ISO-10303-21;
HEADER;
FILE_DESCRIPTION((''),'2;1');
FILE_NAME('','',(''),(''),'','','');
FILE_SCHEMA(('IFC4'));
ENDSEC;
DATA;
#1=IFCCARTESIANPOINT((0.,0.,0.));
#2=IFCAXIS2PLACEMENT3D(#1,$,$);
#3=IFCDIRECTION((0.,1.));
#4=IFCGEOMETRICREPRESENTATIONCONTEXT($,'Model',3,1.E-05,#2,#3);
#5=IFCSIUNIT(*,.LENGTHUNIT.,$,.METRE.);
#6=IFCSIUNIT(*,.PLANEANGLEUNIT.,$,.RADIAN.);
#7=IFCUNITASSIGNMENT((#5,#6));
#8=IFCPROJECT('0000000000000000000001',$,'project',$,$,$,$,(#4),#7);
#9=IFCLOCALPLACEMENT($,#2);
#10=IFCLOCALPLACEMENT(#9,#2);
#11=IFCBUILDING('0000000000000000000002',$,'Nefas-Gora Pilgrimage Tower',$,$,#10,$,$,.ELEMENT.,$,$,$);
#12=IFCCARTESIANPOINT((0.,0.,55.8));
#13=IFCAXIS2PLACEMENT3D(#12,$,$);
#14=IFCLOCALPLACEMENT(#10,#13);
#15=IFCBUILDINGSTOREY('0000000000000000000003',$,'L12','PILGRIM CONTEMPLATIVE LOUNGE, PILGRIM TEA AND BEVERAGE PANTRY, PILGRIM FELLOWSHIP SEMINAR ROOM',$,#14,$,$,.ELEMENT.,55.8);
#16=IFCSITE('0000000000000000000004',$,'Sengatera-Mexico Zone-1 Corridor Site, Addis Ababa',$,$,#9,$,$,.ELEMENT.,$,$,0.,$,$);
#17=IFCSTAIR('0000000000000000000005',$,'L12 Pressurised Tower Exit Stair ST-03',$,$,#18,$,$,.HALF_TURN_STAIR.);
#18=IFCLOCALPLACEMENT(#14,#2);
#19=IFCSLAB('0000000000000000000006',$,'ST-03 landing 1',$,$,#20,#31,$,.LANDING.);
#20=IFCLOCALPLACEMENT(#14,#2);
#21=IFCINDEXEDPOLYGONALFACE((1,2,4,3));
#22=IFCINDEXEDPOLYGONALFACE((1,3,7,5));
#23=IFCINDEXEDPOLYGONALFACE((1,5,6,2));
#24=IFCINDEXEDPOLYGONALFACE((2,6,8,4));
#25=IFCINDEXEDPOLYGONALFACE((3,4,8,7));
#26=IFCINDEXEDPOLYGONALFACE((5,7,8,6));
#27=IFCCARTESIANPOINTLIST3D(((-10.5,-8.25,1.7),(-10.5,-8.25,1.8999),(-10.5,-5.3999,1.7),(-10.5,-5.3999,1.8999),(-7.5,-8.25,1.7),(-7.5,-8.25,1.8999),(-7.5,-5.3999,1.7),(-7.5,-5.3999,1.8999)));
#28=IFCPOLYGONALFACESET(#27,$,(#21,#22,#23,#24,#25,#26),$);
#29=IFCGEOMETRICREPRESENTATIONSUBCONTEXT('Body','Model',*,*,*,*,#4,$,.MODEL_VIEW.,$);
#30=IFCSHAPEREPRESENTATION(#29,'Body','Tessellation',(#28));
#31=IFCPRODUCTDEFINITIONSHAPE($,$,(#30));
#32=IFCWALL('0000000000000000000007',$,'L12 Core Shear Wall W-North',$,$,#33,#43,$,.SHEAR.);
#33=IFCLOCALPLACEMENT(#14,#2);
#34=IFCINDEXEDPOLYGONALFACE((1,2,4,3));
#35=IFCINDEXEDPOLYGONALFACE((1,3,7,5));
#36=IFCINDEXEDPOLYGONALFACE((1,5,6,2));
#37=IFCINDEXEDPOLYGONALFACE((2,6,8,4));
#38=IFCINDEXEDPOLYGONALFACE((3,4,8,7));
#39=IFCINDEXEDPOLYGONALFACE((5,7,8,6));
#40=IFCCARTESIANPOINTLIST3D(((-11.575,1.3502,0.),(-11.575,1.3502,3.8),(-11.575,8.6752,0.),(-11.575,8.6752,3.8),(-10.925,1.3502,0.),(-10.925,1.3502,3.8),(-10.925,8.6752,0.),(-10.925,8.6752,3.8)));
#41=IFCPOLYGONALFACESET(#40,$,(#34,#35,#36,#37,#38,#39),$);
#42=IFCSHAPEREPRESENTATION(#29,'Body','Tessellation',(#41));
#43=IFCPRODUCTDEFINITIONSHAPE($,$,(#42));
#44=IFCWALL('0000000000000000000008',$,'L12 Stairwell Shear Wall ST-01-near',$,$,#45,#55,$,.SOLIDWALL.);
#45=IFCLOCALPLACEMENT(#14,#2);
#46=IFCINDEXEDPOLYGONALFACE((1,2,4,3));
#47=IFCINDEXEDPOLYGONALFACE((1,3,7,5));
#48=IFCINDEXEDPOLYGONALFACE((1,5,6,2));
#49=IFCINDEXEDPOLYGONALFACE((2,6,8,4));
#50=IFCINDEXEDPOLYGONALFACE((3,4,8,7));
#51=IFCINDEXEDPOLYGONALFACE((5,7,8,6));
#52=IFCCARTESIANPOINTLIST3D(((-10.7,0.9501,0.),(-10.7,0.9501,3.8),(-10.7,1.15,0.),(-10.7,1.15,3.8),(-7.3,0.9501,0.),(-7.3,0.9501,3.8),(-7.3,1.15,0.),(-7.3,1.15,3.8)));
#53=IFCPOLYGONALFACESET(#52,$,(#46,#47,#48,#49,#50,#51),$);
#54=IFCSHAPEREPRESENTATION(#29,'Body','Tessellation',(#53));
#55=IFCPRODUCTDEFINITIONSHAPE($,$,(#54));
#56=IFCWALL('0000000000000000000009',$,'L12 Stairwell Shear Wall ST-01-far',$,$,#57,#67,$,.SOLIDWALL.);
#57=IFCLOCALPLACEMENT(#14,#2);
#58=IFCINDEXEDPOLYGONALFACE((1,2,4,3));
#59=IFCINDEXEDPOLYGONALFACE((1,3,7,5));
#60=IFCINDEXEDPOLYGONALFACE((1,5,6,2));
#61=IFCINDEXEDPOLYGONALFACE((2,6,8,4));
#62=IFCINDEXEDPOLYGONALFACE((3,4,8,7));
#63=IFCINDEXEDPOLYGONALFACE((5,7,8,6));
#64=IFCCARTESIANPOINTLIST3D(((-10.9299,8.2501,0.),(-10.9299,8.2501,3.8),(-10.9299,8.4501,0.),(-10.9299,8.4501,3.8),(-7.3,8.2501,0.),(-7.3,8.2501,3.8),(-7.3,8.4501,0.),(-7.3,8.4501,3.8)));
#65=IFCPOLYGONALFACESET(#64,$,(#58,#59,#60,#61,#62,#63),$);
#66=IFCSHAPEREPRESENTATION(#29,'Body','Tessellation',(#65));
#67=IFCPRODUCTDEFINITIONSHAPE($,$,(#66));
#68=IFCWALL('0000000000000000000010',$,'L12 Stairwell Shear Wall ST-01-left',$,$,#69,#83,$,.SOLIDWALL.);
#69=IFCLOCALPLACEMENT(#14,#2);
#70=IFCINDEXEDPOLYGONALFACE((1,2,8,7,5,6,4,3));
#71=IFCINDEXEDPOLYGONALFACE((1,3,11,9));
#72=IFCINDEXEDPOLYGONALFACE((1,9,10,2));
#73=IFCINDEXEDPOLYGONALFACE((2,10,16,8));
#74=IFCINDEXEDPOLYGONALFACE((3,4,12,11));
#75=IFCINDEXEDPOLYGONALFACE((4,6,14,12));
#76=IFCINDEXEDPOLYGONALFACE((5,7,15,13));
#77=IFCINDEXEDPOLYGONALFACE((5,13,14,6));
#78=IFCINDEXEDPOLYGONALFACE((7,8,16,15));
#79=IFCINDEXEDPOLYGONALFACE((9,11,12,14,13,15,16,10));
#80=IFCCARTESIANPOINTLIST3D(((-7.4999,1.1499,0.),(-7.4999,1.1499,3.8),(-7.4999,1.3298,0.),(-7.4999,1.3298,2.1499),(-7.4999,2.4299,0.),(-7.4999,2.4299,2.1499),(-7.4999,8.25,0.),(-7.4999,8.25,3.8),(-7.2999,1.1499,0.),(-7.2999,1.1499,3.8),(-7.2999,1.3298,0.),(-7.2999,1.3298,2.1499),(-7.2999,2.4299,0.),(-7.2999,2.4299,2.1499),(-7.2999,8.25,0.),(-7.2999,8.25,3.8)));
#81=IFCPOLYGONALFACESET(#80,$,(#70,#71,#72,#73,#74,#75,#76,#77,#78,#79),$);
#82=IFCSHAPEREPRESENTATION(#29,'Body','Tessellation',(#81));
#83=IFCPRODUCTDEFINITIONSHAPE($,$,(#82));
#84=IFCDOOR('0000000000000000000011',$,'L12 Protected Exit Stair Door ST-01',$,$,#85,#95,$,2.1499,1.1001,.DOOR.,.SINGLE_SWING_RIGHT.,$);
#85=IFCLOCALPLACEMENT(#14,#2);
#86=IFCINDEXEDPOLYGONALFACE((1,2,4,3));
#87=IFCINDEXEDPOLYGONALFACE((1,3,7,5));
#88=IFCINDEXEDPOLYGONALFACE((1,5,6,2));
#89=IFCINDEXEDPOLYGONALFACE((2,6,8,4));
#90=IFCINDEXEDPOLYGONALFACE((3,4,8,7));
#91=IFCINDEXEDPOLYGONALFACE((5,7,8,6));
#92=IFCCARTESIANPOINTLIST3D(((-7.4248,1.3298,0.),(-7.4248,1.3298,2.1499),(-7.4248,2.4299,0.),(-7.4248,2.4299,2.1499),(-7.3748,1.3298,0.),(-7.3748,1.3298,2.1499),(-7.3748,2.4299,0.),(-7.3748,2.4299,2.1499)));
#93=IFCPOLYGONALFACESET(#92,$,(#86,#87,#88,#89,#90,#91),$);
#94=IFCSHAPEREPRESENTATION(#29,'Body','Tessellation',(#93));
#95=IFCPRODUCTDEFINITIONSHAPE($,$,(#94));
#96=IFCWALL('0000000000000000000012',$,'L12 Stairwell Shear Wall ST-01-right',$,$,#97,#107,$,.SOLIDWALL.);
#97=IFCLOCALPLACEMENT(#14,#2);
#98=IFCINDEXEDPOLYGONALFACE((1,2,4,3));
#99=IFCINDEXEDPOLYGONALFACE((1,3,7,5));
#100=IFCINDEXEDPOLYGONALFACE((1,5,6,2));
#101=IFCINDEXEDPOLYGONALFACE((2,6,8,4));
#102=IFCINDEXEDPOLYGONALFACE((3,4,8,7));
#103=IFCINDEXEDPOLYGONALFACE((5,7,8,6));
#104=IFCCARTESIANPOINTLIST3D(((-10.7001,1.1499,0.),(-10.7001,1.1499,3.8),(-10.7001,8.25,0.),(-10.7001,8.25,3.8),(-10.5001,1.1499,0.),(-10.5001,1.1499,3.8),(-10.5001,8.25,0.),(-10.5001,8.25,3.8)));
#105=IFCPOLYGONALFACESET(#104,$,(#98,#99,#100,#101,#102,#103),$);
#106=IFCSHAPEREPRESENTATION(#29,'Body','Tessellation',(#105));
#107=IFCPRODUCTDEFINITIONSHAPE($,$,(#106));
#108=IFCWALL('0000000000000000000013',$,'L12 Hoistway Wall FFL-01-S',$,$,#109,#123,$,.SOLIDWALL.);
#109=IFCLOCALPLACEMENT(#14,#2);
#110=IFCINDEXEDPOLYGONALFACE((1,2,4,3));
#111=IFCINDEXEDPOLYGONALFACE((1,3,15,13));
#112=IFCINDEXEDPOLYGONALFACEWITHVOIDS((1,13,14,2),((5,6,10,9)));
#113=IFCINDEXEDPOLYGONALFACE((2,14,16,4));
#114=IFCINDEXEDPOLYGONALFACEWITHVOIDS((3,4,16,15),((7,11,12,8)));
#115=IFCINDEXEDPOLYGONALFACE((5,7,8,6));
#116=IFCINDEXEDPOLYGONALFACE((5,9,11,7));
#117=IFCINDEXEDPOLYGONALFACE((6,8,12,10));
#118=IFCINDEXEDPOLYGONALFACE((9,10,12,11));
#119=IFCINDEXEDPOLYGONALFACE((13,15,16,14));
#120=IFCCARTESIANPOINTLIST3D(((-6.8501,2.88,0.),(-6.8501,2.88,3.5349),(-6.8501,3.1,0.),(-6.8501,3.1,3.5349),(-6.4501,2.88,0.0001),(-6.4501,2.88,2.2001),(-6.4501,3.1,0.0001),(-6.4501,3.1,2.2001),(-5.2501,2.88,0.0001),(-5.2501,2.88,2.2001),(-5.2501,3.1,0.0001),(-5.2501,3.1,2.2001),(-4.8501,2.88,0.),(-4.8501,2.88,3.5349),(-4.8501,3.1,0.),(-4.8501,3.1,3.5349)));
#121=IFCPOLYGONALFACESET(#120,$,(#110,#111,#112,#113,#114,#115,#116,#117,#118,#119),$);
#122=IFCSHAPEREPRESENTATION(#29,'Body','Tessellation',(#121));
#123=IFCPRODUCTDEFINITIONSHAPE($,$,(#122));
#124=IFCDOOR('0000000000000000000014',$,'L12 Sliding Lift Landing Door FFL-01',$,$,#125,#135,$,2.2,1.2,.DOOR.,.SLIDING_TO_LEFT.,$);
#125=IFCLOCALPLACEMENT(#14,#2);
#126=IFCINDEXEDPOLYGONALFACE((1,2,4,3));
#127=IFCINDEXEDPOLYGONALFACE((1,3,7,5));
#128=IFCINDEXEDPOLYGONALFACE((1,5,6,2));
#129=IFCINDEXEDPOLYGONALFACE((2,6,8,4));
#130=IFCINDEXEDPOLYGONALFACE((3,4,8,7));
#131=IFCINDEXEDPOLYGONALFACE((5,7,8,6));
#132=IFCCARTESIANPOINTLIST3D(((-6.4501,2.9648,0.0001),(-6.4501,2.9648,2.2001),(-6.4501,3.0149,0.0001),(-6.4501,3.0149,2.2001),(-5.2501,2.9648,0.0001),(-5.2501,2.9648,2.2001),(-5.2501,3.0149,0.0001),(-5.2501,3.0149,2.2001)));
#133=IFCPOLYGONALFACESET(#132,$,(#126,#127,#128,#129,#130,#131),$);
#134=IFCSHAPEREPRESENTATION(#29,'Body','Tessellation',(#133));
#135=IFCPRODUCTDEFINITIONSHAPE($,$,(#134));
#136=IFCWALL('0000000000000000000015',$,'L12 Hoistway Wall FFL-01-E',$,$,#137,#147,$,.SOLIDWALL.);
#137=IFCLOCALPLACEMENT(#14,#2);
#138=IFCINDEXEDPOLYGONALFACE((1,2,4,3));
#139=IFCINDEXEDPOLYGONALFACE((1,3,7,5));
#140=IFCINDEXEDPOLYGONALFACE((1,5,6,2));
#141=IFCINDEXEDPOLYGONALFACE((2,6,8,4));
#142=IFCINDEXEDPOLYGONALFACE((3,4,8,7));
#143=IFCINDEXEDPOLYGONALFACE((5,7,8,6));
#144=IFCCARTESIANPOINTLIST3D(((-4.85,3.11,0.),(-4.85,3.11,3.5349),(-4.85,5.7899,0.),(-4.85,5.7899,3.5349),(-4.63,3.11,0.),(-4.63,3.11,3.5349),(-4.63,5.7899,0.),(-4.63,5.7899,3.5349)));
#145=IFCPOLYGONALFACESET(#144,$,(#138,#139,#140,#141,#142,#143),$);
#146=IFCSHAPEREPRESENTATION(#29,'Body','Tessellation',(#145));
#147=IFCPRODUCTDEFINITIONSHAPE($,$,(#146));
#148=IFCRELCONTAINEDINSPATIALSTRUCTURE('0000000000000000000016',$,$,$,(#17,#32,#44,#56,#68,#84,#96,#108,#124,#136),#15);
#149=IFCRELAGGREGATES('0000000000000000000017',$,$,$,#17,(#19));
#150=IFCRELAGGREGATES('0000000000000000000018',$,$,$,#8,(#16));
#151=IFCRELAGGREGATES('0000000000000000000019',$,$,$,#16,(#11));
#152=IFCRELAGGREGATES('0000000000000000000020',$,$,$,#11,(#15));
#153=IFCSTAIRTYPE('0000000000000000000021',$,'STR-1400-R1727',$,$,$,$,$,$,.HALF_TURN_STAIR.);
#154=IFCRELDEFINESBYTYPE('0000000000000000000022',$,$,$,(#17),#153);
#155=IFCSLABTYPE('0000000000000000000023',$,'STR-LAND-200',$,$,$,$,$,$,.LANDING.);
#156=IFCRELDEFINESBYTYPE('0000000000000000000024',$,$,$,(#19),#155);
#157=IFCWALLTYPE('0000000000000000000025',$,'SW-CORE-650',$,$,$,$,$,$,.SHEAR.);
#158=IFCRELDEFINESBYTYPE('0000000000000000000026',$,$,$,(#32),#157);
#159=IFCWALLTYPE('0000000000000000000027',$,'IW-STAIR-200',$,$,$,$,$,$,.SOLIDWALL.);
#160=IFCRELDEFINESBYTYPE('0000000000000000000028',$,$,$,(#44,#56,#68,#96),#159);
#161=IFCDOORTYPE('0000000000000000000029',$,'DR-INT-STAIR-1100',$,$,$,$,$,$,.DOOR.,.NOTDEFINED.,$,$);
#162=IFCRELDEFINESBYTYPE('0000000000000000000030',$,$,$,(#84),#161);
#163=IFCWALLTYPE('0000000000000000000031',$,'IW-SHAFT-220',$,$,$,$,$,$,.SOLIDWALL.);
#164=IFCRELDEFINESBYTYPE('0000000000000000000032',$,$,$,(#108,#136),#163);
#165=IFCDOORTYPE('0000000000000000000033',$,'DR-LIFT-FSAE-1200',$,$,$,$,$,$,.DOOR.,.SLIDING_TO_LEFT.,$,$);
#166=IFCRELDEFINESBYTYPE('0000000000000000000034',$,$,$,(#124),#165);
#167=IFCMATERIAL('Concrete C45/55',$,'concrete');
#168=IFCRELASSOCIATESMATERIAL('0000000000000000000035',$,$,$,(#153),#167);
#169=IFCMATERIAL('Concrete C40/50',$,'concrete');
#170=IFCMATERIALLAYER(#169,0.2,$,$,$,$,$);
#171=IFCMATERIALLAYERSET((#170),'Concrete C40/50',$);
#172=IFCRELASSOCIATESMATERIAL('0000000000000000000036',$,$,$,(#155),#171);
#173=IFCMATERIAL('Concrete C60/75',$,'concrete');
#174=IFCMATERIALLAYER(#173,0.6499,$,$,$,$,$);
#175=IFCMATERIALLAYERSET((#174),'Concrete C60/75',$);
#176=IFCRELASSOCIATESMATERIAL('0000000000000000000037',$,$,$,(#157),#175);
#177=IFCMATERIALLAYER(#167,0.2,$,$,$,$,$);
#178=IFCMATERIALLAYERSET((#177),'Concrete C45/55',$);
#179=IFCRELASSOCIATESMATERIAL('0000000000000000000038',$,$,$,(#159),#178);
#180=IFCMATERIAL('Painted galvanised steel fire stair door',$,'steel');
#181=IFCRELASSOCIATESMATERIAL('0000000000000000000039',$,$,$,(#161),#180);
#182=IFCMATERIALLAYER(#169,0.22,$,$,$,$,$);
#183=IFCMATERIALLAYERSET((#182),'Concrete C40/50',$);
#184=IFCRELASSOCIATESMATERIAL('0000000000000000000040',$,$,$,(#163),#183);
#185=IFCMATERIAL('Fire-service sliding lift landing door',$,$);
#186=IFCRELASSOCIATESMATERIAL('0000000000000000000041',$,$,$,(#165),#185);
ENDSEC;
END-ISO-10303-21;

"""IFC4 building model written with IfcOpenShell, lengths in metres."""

from ifc_helpers import new_model, si_unit, direction, frame, frame_2d, origin, place, context, subcontext, project, spatial, polyline, rectangle, outline, extrude, source, transform, mapped, material, layer, layer_set, type_object, element, fill, aggregate, save


model = new_model("IFC4")

# Units and contexts
model_context = context("Model", 3, precision=1e-05, world=origin(), true_north=direction((0.0, 1.0)))
body_context = subcontext(model_context, "Body", "Model", "MODEL_VIEW")
ifc_project = project(units=[si_unit("LENGTHUNIT", "METRE"), si_unit("PLANEANGLEUNIT", "RADIAN")], contexts=[model_context])

# Site, building, storey
site_placement = place(None, origin())
site = spatial("IfcSite", under=ifc_project, at=site_placement, Name="Sengatera-Mexico Zone-1 Corridor Site, Addis Ababa", CompositionType="ELEMENT", RefElevation=0.0)
building_placement = place(site_placement, origin())
building = spatial("IfcBuilding", under=site, at=building_placement, Name="Nefas-Gora Pilgrimage Tower", CompositionType="ELEMENT")
storey_placement = place(building_placement, frame((0.0, 0.0, 55.8)))
storey = spatial("IfcBuildingStorey", under=building, at=storey_placement, Name="L12", Description="PILGRIM CONTEMPLATIVE LOUNGE, PILGRIM TEA AND BEVERAGE PANTRY, PILGRIM FELLOWSHIP SEMINAR ROOM", CompositionType="ELEMENT", Elevation=55.8)

# Shared definitions
ifc_material_1 = material(Name="Concrete C40/50", Category="concrete")

# Stair, slab
ifc_material_2 = material(Name="Concrete C45/55", Category="concrete")
stair_type = type_object("IfcStairType", Name="STR-1400-R1727", PredefinedType="HALF_TURN_STAIR", material=ifc_material_2)
ifc_layer_1 = layer(ifc_material_1, 0.2)
ifc_layer_set_1 = layer_set([ifc_layer_1], Name="Concrete C40/50")
slab_type_1 = type_object("IfcSlabType", Name="STR-LAND-200", PredefinedType="LANDING", material=ifc_layer_set_1)
stair_1_placement = place(storey_placement, origin())
stair_1 = element("IfcStair", 1, at=stair_1_placement, inside=storey, type_object=stair_type, Name="L12 Pressurised Tower Exit Stair ST-03", PredefinedType="HALF_TURN_STAIR")
slab_1_placement = place(storey_placement, frame((0.0, 0.0, 1.7)))
slab_1 = element("IfcSlab", 2, at=slab_1_placement, type_object=slab_type_1, Name="ST-03 landing 1", PredefinedType="LANDING", context=body_context, shape_type="SweptSolid", body=[
    extrude(outline(polyline([(-10.5, -5.3999), (-10.5, -8.25), (-7.5, -8.25), (-7.5, -5.3999), (-10.5, -5.3999)])), origin(), (0.0, 0.0, 1.0), 0.2),
])
aggregate(stair_1, [slab_1])

# Walls
ifc_material_3 = material(Name="Concrete C60/75", Category="concrete")
ifc_layer_2 = layer(ifc_material_3, 0.6499)
ifc_layer_set_2 = layer_set([ifc_layer_2], Name="Concrete C60/75")
wall_type_1 = type_object("IfcWallType", Name="SW-CORE-650", PredefinedType="SHEAR", material=ifc_layer_set_2)
shared_shape_1 = source(origin(), body_context, "Body", "SweptSolid", [
    extrude(rectangle(XDim=7.325, YDim=0.6499, at=frame_2d((3.6626, 0.0))), origin(), (0.0, 0.0, 1.0), 3.8),
])
wall_1_placement = place(storey_placement, frame((-11.25, 1.3501, 0.0), z_axis=(0.0, 0.0, 1.0), x_axis=(0.0, 1.0, 0.0)))
element("IfcWall", 3, at=wall_1_placement, inside=storey, type_object=wall_type_1, Name="L12 Core Shear Wall W-North", PredefinedType="SHEAR", context=body_context, shape_type="MappedRepresentation", body=[
    mapped(shared_shape_1, transform((0.0, 0.0, 0.0), x_axis=(1.0, 0.0, 0.0), y_axis=(0.0, 1.0, 0.0), z_axis=(0.0, 0.0, 1.0), scale=1.0)),
])
ifc_layer_3 = layer(ifc_material_2, 0.2)
ifc_layer_set_3 = layer_set([ifc_layer_3], Name="Concrete C45/55")
wall_type_2 = type_object("IfcWallType", Name="IW-STAIR-200", PredefinedType="SOLIDWALL", material=ifc_layer_set_3)
shared_shape_2 = source(origin(), body_context, "Body", "SweptSolid", [
    extrude(rectangle(XDim=3.3999, YDim=0.2, at=frame_2d((1.7, 0.0))), origin(), (0.0, 0.0, 1.0), 3.8),
])
wall_2_placement = place(storey_placement, frame((-7.3, 1.05, 0.0), z_axis=(0.0, 0.0, 1.0), x_axis=(-1.0, 0.0, 0.0)))
element("IfcWall", 4, at=wall_2_placement, inside=storey, type_object=wall_type_2, Name="L12 Stairwell Shear Wall ST-01-near", PredefinedType="SOLIDWALL", context=body_context, shape_type="MappedRepresentation", body=[
    mapped(shared_shape_2, transform((0.0, 0.0, 0.0), x_axis=(1.0, 0.0, 0.0), y_axis=(0.0, 1.0, 0.0), z_axis=(0.0, 0.0, 1.0), scale=1.0)),
])
shared_shape_3 = source(origin(), body_context, "Body", "SweptSolid", [
    extrude(rectangle(XDim=3.6299, YDim=0.2, at=frame_2d((1.8149, 0.0))), origin(), (0.0, 0.0, 1.0), 3.8),
])
wall_3_placement = place(storey_placement, frame((-7.3, 8.3501, 0.0), z_axis=(0.0, 0.0, 1.0), x_axis=(-1.0, 0.0, 0.0)))
element("IfcWall", 5, at=wall_3_placement, inside=storey, type_object=wall_type_2, Name="L12 Stairwell Shear Wall ST-01-far", PredefinedType="SOLIDWALL", context=body_context, shape_type="MappedRepresentation", body=[
    mapped(shared_shape_3, transform((0.0, 0.0, 0.0), x_axis=(1.0, 0.0, 0.0), y_axis=(0.0, 1.0, 0.0), z_axis=(0.0, 0.0, 1.0), scale=1.0)),
])

# Wall, opening, door
shared_shape_4 = source(origin(), body_context, "Body", "SweptSolid", [
    extrude(rectangle(XDim=7.1001, YDim=0.2, at=frame_2d((3.55, 0.0))), origin(), (0.0, 0.0, 1.0), 3.8),
])
wall_4_placement = place(storey_placement, frame((-7.3999, 1.1499, 0.0), z_axis=(0.0, 0.0, 1.0), x_axis=(0.0, 1.0, 0.0)))
wall_4 = element("IfcWall", 6, at=wall_4_placement, inside=storey, type_object=wall_type_2, Name="L12 Stairwell Shear Wall ST-01-left", PredefinedType="SOLIDWALL", context=body_context, shape_type="MappedRepresentation", body=[
    mapped(shared_shape_4, transform((0.0, 0.0, 0.0), x_axis=(1.0, 0.0, 0.0), y_axis=(0.0, 1.0, 0.0), z_axis=(0.0, 0.0, 1.0), scale=1.0)),
])
opening_1_placement = place(wall_4_placement, frame((0.1799, 0.0, 0.0)))
opening_1 = element("IfcOpeningElement", 7, at=opening_1_placement, cuts=wall_4, PredefinedType="OPENING", context=body_context, shape_type="SweptSolid", body=[
    extrude(rectangle(XDim=1.1001, YDim=2.1499, at=frame_2d((0.55, 1.075))), frame((0.0, 0.1099, 0.0), z_axis=(0.0, -1.0, 0.0), x_axis=(1.0, 0.0, 0.0)), (0.0, 0.0, 1.0), 0.22),
])
ifc_material_4 = material(Name="Painted galvanised steel fire stair door", Category="steel")
door_type_1 = type_object("IfcDoorType", Name="DR-INT-STAIR-1100", OperationType="NOTDEFINED", PredefinedType="DOOR", material=ifc_material_4)
shared_shape_5 = source(origin(), body_context, "Body", "SweptSolid", [
    extrude(rectangle(XDim=1.1001, YDim=2.1499, at=frame_2d((0.55, 1.075))), frame((0.0, 0.0249, 0.0), z_axis=(0.0, -1.0, 0.0), x_axis=(1.0, 0.0, 0.0)), (0.0, 0.0, 1.0), 0.05),
])
door_1_placement = place(opening_1_placement, origin())
door_1 = element("IfcDoor", 8, at=door_1_placement, inside=storey, type_object=door_type_1, Name="L12 Protected Exit Stair Door ST-01", OperationType="SINGLE_SWING_RIGHT", OverallHeight=2.1499, OverallWidth=1.1001, PredefinedType="DOOR", context=body_context, shape_type="MappedRepresentation", body=[
    mapped(shared_shape_5, transform((0.0, 0.0, 0.0), x_axis=(1.0, 0.0, 0.0), y_axis=(0.0, 1.0, 0.0), z_axis=(0.0, 0.0, 1.0), scale=1.0)),
])
fill(opening_1, door_1)

# Wall
wall_5_placement = place(storey_placement, frame((-10.6001, 1.1499, 0.0), z_axis=(0.0, 0.0, 1.0), x_axis=(0.0, 1.0, 0.0)))
element("IfcWall", 9, at=wall_5_placement, inside=storey, type_object=wall_type_2, Name="L12 Stairwell Shear Wall ST-01-right", PredefinedType="SOLIDWALL", context=body_context, shape_type="MappedRepresentation", body=[
    mapped(shared_shape_4, transform((0.0, 0.0, 0.0), x_axis=(1.0, 0.0, 0.0), y_axis=(0.0, 1.0, 0.0), z_axis=(0.0, 0.0, 1.0), scale=1.0)),
])

# Wall, opening, door
ifc_layer_4 = layer(ifc_material_1, 0.22)
ifc_layer_set_4 = layer_set([ifc_layer_4], Name="Concrete C40/50")
wall_type_3 = type_object("IfcWallType", Name="IW-SHAFT-220", PredefinedType="SOLIDWALL", material=ifc_layer_set_4)
shared_shape_6 = source(origin(), body_context, "Body", "SweptSolid", [
    extrude(rectangle(XDim=2.0, YDim=0.22, at=frame_2d((1.0, 0.0))), origin(), (0.0, 0.0, 1.0), 3.5349),
])
wall_6_placement = place(storey_placement, frame((-6.8501, 2.99, 0.0), z_axis=(0.0, 0.0, 1.0), x_axis=(1.0, 0.0, 0.0)))
wall_6 = element("IfcWall", 10, at=wall_6_placement, inside=storey, type_object=wall_type_3, Name="L12 Hoistway Wall FFL-01-S", PredefinedType="SOLIDWALL", context=body_context, shape_type="MappedRepresentation", body=[
    mapped(shared_shape_6, transform((0.0, 0.0, 0.0), x_axis=(1.0, 0.0, 0.0), y_axis=(0.0, 1.0, 0.0), z_axis=(0.0, 0.0, 1.0), scale=1.0)),
])
opening_2_placement = place(wall_6_placement, frame((0.3999, 0.0, 0.0)))
opening_2 = element("IfcOpeningElement", 11, at=opening_2_placement, cuts=wall_6, PredefinedType="OPENING", context=body_context, shape_type="SweptSolid", body=[
    extrude(rectangle(XDim=1.2, YDim=2.2, at=frame_2d((0.6001, 1.1001))), frame((0.0, 0.1199, 0.0), z_axis=(0.0, -1.0, 0.0), x_axis=(1.0, 0.0, 0.0)), (0.0, 0.0, 1.0), 0.24),
])
ifc_material_5 = material(Name="Fire-service sliding lift landing door")
door_type_2 = type_object("IfcDoorType", Name="DR-LIFT-FSAE-1200", OperationType="SLIDING_TO_LEFT", PredefinedType="DOOR", material=ifc_material_5)
shared_shape_7 = source(origin(), body_context, "Body", "SweptSolid", [
    extrude(rectangle(XDim=1.2, YDim=2.2, at=frame_2d((0.6001, 1.1001))), frame((0.0, 0.0249, 0.0), z_axis=(0.0, -1.0, 0.0), x_axis=(1.0, 0.0, 0.0)), (0.0, 0.0, 1.0), 0.05),
])
door_2_placement = place(opening_2_placement, origin())
door_2 = element("IfcDoor", 12, at=door_2_placement, inside=storey, type_object=door_type_2, Name="L12 Sliding Lift Landing Door FFL-01", OperationType="SLIDING_TO_LEFT", OverallHeight=2.2, OverallWidth=1.2, PredefinedType="DOOR", context=body_context, shape_type="MappedRepresentation", body=[
    mapped(shared_shape_7, transform((0.0, 0.0, 0.0), x_axis=(1.0, 0.0, 0.0), y_axis=(0.0, 1.0, 0.0), z_axis=(0.0, 0.0, 1.0), scale=1.0)),
])
fill(opening_2, door_2)

# Wall
shared_shape_8 = source(origin(), body_context, "Body", "SweptSolid", [
    extrude(rectangle(XDim=2.6799, YDim=0.22, at=frame_2d((1.3398, 0.0))), origin(), (0.0, 0.0, 1.0), 3.5349),
])
wall_7_placement = place(storey_placement, frame((-4.74, 3.1101, 0.0), z_axis=(0.0, 0.0, 1.0), x_axis=(0.0, 1.0, 0.0)))
element("IfcWall", 13, at=wall_7_placement, inside=storey, type_object=wall_type_3, Name="L12 Hoistway Wall FFL-01-E", PredefinedType="SOLIDWALL", context=body_context, shape_type="MappedRepresentation", body=[
    mapped(shared_shape_8, transform((0.0, 0.0, 0.0), x_axis=(1.0, 0.0, 0.0), y_axis=(0.0, 1.0, 0.0), z_axis=(0.0, 0.0, 1.0), scale=1.0)),
])

save(model, "model.ifc")
